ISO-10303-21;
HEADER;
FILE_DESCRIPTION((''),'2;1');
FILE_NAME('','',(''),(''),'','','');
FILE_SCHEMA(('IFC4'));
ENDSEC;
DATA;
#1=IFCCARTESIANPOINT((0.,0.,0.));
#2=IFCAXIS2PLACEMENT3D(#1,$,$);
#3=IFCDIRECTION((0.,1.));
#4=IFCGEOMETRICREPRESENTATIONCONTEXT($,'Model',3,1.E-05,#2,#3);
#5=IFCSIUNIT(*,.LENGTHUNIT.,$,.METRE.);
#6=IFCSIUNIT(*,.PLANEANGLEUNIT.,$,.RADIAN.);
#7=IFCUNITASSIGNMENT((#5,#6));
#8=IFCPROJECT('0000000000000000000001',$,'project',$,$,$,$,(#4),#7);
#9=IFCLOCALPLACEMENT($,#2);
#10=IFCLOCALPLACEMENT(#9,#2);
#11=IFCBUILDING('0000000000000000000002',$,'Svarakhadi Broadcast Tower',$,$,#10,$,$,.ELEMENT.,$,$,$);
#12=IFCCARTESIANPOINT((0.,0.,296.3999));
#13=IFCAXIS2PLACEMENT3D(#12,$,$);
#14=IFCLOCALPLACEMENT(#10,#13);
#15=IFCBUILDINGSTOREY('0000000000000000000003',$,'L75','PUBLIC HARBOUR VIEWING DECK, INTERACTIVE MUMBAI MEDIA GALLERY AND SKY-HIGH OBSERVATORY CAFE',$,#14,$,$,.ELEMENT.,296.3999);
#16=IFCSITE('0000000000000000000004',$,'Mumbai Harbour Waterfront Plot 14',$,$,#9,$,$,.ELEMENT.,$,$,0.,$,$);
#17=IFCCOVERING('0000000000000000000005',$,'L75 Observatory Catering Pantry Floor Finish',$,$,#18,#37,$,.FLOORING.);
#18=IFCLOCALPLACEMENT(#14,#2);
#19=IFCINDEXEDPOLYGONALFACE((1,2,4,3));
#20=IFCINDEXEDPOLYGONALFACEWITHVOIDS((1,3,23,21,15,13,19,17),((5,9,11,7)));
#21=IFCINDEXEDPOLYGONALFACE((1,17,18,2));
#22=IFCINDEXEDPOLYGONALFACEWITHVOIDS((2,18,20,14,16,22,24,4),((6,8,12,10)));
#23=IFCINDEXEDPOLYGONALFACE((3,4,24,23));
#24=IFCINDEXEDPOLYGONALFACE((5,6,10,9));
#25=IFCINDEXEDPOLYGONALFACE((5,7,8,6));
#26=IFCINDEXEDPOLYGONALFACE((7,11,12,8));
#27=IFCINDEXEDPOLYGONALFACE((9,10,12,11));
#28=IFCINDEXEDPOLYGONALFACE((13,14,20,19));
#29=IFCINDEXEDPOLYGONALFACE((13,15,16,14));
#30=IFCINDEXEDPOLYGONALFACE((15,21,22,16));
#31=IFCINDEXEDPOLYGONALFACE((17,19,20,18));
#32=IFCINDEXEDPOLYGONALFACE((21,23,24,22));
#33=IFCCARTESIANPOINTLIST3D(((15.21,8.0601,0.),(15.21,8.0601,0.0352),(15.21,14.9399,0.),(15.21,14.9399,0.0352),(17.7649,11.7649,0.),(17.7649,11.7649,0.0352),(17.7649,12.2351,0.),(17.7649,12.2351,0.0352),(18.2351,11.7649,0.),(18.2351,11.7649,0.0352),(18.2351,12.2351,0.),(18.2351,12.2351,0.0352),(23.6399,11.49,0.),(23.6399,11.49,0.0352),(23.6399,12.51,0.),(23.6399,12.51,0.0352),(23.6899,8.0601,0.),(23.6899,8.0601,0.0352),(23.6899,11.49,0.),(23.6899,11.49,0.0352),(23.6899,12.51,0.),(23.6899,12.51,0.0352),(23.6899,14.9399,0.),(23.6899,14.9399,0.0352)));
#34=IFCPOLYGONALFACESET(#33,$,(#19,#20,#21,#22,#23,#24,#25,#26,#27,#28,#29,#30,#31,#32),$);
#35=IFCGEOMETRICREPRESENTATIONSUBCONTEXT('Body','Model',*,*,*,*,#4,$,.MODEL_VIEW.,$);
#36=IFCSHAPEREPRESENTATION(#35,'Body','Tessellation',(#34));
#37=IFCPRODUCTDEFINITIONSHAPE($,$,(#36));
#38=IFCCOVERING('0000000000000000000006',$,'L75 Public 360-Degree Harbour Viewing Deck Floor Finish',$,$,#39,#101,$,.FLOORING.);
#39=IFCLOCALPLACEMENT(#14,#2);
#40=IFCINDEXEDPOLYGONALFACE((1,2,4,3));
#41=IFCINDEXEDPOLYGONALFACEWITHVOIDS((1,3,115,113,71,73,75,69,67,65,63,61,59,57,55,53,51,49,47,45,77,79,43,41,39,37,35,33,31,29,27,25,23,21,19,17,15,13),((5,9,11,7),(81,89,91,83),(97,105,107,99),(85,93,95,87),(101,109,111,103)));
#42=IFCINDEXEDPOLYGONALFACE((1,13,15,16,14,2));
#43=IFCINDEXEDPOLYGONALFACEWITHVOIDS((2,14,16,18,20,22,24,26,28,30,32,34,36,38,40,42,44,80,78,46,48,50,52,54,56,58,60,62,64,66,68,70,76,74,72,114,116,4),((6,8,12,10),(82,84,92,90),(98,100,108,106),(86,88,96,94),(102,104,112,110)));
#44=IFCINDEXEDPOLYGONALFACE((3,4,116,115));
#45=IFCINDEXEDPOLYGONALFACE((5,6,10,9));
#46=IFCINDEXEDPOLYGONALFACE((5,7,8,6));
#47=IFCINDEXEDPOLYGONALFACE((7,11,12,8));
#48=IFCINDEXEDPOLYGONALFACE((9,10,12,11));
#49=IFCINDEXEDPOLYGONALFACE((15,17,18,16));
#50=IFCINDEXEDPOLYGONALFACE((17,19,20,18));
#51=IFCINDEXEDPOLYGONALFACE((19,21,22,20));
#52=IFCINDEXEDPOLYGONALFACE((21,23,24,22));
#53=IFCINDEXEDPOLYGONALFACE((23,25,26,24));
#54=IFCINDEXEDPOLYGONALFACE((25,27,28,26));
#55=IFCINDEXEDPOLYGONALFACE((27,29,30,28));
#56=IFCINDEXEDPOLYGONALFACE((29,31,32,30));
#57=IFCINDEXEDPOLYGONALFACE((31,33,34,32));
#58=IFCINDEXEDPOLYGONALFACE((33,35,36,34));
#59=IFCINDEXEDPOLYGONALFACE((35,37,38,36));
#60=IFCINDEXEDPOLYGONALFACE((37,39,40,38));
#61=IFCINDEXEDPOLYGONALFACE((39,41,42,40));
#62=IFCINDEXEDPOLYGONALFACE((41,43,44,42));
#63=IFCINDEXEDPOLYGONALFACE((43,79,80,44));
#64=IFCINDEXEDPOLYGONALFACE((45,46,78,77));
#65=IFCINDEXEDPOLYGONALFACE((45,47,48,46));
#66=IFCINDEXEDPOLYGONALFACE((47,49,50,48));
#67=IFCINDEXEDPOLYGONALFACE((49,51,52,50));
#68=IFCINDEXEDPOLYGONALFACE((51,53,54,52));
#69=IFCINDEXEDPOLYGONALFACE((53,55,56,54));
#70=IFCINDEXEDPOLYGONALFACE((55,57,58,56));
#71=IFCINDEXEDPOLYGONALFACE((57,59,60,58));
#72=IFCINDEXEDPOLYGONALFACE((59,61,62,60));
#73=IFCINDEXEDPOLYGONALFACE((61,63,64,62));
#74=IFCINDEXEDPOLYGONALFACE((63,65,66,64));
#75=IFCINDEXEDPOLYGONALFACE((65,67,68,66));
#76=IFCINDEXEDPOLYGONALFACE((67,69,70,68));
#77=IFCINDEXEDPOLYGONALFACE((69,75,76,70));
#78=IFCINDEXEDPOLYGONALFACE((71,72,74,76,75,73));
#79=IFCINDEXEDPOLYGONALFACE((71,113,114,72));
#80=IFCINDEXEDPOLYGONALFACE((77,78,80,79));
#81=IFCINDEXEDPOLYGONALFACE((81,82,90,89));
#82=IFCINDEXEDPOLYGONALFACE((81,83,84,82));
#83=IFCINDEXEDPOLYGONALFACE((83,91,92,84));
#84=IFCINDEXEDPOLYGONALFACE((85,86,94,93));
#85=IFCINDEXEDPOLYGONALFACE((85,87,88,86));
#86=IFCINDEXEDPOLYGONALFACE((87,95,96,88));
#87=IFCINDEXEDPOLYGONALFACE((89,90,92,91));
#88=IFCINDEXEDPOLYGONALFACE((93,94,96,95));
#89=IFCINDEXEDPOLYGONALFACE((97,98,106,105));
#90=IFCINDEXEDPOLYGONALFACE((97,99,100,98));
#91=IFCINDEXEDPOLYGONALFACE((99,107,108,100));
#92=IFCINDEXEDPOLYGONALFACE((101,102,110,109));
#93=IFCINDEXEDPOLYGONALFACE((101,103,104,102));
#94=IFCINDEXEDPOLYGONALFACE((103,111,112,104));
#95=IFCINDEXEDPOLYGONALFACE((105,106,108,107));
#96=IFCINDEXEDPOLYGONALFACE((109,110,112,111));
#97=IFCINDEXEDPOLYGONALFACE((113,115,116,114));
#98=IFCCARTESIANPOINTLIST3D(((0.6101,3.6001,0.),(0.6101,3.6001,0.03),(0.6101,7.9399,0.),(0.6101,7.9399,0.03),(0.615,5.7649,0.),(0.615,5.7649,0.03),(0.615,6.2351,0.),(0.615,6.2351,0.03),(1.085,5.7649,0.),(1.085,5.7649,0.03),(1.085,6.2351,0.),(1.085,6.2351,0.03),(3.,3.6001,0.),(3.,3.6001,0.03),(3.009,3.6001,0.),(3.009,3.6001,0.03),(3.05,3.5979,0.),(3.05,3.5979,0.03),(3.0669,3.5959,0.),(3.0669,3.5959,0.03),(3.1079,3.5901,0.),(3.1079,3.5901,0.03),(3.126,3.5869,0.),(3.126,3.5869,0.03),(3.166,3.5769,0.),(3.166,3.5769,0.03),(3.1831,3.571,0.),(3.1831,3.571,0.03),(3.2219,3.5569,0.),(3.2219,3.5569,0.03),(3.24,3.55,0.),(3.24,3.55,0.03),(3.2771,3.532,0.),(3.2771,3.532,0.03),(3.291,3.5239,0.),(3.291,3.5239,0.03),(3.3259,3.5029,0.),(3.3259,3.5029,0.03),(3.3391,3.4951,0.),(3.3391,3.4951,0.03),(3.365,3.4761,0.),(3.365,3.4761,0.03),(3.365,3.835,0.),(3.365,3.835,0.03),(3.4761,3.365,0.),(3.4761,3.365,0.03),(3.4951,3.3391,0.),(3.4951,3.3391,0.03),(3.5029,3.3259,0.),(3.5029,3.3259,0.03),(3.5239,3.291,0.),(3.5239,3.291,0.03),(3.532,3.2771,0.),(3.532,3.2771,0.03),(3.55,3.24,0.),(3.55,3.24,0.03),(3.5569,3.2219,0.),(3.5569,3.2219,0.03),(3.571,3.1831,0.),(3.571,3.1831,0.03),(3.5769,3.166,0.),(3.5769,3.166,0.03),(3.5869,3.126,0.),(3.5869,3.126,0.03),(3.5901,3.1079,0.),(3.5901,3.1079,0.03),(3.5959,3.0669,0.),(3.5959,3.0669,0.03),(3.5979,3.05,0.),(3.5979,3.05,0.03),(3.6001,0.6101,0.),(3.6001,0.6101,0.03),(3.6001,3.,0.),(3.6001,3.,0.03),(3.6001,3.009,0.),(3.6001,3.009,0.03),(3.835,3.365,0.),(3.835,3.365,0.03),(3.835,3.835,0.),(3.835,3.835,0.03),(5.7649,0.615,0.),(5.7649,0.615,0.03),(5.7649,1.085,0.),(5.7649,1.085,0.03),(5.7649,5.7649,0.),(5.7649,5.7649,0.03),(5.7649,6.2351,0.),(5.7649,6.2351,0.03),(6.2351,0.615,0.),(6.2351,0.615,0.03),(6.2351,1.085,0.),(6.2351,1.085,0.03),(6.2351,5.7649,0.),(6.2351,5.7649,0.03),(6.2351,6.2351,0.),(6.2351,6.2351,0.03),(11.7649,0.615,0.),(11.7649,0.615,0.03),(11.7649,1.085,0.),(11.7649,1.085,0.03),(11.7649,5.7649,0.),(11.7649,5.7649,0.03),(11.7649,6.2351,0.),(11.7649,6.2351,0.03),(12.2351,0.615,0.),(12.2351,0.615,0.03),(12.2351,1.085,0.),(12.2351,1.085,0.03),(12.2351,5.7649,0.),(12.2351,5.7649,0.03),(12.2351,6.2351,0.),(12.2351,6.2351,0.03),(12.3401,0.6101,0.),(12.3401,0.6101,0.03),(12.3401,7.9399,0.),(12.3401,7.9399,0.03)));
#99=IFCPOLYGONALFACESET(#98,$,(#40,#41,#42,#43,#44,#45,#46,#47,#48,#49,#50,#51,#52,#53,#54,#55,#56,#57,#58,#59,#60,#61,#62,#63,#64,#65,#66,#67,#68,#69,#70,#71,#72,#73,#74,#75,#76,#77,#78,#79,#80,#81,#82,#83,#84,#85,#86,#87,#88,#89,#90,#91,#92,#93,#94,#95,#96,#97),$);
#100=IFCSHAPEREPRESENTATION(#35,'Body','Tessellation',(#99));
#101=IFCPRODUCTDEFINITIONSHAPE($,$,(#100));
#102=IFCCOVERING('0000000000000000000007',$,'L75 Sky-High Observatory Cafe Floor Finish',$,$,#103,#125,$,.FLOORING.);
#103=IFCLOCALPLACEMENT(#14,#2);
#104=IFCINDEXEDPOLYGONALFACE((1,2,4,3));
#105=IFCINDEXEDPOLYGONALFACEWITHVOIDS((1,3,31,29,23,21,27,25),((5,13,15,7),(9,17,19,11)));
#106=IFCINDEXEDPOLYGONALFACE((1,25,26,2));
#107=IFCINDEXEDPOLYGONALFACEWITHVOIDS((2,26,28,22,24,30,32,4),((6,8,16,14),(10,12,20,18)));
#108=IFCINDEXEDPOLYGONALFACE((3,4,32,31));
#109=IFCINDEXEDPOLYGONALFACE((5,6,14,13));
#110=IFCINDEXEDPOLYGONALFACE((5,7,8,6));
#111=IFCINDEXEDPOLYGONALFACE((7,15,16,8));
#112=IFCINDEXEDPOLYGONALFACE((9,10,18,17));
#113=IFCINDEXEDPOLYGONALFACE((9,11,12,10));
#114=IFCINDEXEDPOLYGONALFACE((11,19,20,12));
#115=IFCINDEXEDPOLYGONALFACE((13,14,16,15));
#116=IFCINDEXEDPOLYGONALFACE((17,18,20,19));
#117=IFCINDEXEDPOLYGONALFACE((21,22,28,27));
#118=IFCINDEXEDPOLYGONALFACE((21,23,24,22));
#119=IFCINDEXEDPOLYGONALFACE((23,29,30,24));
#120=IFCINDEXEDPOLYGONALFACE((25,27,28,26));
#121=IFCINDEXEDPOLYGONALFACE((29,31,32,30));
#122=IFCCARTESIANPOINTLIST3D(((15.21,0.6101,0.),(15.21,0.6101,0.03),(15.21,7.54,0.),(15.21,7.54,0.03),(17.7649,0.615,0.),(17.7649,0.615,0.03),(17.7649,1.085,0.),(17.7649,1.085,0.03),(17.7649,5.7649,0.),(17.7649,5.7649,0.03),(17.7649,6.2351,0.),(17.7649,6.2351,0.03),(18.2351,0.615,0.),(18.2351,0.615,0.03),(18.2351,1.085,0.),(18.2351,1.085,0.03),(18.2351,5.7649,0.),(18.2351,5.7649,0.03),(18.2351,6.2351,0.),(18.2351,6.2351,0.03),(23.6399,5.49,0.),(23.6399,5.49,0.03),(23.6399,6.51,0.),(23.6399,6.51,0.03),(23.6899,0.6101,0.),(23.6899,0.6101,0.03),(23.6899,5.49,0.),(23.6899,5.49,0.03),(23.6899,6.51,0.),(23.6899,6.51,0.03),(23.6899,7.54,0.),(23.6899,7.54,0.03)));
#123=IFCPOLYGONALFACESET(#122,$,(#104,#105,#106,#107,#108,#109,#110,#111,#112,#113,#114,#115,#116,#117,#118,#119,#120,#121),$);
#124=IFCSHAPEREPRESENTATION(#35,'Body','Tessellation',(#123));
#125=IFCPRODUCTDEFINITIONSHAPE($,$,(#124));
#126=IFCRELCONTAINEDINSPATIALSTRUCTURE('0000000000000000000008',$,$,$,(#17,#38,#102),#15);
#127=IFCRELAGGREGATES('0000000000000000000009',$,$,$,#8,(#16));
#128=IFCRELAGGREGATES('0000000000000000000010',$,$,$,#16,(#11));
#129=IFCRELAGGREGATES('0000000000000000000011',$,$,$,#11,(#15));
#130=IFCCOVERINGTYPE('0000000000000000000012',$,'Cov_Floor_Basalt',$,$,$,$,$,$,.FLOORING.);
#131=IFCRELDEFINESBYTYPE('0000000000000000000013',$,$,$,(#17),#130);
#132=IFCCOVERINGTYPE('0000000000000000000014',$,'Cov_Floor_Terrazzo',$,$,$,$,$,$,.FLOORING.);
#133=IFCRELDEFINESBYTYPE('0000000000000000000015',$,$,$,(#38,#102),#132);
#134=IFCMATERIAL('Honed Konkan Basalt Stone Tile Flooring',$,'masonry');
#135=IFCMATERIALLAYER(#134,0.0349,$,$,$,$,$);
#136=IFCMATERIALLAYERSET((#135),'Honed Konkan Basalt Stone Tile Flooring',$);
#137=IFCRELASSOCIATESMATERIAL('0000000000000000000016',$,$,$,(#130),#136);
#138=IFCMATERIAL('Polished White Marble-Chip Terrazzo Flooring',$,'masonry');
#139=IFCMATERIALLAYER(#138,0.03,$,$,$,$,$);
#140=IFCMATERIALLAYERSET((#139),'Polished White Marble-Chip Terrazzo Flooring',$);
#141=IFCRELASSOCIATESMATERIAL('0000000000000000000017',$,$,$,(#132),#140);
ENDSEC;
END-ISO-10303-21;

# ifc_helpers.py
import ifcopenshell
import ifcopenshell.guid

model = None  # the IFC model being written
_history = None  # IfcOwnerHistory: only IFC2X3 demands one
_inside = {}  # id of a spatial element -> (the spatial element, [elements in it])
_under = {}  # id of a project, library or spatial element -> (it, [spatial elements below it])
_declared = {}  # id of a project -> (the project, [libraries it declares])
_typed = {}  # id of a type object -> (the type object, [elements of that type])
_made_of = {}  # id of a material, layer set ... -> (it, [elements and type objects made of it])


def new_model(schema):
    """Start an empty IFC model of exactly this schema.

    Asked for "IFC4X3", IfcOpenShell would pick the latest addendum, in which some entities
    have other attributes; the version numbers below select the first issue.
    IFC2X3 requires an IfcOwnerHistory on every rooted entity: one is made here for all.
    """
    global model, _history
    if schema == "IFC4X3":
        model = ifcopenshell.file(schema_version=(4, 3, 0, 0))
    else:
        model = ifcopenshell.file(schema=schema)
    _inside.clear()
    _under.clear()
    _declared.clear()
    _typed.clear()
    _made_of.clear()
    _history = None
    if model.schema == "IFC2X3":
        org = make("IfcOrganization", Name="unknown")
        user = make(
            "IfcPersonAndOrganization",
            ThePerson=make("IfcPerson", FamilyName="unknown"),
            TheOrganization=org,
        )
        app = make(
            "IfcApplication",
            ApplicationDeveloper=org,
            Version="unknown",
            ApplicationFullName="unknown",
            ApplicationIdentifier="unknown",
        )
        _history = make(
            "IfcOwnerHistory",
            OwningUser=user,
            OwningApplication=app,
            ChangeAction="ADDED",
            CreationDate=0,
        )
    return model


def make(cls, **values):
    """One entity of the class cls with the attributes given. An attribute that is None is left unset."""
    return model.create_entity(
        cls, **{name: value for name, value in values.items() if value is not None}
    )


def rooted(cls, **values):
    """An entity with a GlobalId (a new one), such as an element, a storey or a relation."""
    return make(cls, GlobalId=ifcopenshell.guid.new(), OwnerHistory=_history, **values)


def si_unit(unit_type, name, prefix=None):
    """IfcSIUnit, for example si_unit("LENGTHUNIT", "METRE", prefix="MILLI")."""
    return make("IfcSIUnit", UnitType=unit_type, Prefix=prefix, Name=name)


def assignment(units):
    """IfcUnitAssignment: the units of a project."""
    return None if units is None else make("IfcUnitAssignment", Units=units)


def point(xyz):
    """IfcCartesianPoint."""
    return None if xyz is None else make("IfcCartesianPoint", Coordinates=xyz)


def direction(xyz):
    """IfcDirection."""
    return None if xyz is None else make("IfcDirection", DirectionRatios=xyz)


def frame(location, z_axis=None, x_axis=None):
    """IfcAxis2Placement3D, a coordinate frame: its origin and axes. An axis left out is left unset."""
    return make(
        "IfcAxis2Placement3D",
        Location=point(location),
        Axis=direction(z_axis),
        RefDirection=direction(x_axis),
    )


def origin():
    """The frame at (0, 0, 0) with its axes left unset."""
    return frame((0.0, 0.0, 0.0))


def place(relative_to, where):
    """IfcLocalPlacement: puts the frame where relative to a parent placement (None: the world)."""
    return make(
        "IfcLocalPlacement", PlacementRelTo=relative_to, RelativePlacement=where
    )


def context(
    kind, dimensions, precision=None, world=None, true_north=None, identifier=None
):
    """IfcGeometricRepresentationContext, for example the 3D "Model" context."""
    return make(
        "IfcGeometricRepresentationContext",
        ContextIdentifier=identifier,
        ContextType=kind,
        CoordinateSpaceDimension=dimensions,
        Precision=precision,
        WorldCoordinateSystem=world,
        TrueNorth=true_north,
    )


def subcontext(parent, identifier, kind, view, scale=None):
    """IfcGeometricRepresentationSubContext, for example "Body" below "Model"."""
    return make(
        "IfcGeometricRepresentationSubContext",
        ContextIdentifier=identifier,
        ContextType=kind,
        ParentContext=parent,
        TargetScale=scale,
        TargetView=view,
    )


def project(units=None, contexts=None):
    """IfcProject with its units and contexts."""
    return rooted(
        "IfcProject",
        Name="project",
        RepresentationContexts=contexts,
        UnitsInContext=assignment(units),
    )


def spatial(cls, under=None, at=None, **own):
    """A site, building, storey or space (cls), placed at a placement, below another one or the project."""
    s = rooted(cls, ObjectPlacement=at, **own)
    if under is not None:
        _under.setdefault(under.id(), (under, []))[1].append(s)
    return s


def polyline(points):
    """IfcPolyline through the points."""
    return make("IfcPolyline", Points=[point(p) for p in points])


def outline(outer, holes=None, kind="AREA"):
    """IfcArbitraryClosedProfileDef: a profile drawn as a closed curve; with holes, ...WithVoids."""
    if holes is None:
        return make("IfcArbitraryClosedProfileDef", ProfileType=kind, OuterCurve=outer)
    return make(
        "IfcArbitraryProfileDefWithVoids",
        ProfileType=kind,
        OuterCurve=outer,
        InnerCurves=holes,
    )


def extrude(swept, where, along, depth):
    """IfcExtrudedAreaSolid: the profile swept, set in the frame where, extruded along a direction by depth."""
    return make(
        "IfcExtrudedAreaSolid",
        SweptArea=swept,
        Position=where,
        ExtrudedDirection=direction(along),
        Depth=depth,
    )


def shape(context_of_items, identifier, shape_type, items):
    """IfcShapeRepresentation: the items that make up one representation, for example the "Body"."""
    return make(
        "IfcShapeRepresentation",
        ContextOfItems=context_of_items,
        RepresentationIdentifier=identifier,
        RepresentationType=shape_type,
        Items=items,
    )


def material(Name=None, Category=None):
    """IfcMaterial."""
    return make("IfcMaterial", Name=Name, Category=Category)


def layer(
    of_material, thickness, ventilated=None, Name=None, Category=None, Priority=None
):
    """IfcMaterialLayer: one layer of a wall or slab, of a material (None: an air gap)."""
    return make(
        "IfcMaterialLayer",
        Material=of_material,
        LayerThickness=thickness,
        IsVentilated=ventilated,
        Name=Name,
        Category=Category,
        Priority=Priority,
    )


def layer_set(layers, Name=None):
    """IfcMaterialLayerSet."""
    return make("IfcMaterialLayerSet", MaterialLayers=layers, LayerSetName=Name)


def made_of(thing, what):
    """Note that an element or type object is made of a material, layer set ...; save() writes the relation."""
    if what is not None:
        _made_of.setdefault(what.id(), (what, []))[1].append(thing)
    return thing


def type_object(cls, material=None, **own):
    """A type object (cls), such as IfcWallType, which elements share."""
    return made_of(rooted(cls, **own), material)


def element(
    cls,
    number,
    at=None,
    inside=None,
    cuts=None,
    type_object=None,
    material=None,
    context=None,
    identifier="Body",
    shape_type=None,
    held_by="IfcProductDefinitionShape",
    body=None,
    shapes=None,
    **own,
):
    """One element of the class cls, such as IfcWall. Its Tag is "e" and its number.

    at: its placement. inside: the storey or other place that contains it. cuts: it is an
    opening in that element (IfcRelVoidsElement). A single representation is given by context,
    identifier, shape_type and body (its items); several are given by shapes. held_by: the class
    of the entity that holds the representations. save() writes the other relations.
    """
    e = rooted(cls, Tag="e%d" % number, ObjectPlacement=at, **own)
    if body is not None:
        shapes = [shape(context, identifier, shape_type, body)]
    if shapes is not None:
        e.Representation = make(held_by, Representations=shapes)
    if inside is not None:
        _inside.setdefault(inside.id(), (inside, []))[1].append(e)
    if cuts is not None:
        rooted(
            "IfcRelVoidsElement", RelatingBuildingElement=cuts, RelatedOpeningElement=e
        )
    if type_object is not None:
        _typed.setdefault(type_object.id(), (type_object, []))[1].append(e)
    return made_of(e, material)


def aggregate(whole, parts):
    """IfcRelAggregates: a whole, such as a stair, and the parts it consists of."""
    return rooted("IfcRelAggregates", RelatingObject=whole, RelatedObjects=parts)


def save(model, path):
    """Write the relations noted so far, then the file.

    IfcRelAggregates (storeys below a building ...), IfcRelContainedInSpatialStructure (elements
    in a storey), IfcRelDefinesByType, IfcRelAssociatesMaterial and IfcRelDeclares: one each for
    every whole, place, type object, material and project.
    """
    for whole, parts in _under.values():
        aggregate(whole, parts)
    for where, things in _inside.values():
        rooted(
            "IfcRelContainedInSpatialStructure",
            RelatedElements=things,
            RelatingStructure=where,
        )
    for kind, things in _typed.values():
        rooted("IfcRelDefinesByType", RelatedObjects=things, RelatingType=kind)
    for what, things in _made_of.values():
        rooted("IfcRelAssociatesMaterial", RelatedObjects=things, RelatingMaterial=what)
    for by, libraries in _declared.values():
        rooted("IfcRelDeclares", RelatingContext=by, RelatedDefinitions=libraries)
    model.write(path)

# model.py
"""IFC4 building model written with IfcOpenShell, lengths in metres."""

from ifc_helpers import new_model, si_unit, direction, frame, origin, place, context, subcontext, project, spatial, polyline, outline, extrude, material, layer, layer_set, type_object, element, save


model = new_model("IFC4")

# Units and contexts
model_context = context("Model", 3, precision=1e-05, world=origin(), true_north=direction((0.0, 1.0)))
body_context = subcontext(model_context, "Body", "Model", "MODEL_VIEW")
ifc_project = project(units=[si_unit("LENGTHUNIT", "METRE"), si_unit("PLANEANGLEUNIT", "RADIAN")], contexts=[model_context])

# Site, building, storey
site_placement = place(None, origin())
site = spatial("IfcSite", under=ifc_project, at=site_placement, Name="Mumbai Harbour Waterfront Plot 14", CompositionType="ELEMENT", RefElevation=0.0)
building_placement = place(site_placement, origin())
building = spatial("IfcBuilding", under=site, at=building_placement, Name="Svarakhadi Broadcast Tower", CompositionType="ELEMENT")
storey_placement = place(building_placement, frame((0.0, 0.0, 296.3999)))
storey = spatial("IfcBuildingStorey", under=building, at=storey_placement, Name="L75", Description="PUBLIC HARBOUR VIEWING DECK, INTERACTIVE MUMBAI MEDIA GALLERY AND SKY-HIGH OBSERVATORY CAFE", CompositionType="ELEMENT", Elevation=296.3999)

# Coverings
ifc_material_1 = material(Name="Honed Konkan Basalt Stone Tile Flooring", Category="masonry")
ifc_layer_1 = layer(ifc_material_1, 0.0349)
ifc_layer_set_1 = layer_set([ifc_layer_1], Name="Honed Konkan Basalt Stone Tile Flooring")
covering_type_1 = type_object("IfcCoveringType", Name="Cov_Floor_Basalt", PredefinedType="FLOORING", material=ifc_layer_set_1)
covering_1_placement = place(storey_placement, origin())
element("IfcCovering", 1, at=covering_1_placement, inside=storey, type_object=covering_type_1, Name="L75 Observatory Catering Pantry Floor Finish", PredefinedType="FLOORING", context=body_context, shape_type="SweptSolid", body=[
    extrude(outline(polyline([(23.6899, 14.9399), (23.6899, 12.51), (23.6399, 12.51), (23.6399, 11.49), (23.6899, 11.49), (23.6899, 8.0601), (15.21, 8.0601), (15.21, 14.9399), (23.6899, 14.9399)]), holes=[polyline([(18.2351, 11.7649), (18.2351, 12.2351), (17.7649, 12.2351), (17.7649, 11.7649), (18.2351, 11.7649)])]), origin(), (0.0, 0.0, 1.0), 0.0352),
])
ifc_material_2 = material(Name="Polished White Marble-Chip Terrazzo Flooring", Category="masonry")
ifc_layer_2 = layer(ifc_material_2, 0.03)
ifc_layer_set_2 = layer_set([ifc_layer_2], Name="Polished White Marble-Chip Terrazzo Flooring")
covering_type_2 = type_object("IfcCoveringType", Name="Cov_Floor_Terrazzo", PredefinedType="FLOORING", material=ifc_layer_set_2)
covering_2_placement = place(storey_placement, origin())
element("IfcCovering", 2, at=covering_2_placement, inside=storey, type_object=covering_type_2, Name="L75 Public 360-Degree Harbour Viewing Deck Floor Finish", PredefinedType="FLOORING", context=body_context, shape_type="SweptSolid", body=[
    extrude(outline(polyline([(12.3401, 0.6101), (3.6001, 0.6101), (3.6001, 3.0), (3.6001, 3.009), (3.5979, 3.05), (3.5959, 3.0669), (3.5901, 3.1079), (3.5869, 3.126), (3.5769, 3.166), (3.571, 3.1831), (3.5569, 3.2219), (3.55, 3.24), (3.532, 3.2771), (3.5239, 3.291), (3.5029, 3.3259), (3.4951, 3.3391), (3.4761, 3.365), (3.835, 3.365), (3.835, 3.835), (3.365, 3.835), (3.365, 3.4761), (3.3391, 3.4951), (3.3259, 3.5029), (3.291, 3.5239), (3.2771, 3.532), (3.24, 3.55), (3.2219, 3.5569), (3.1831, 3.571), (3.166, 3.5769), (3.126, 3.5869), (3.1079, 3.5901), (3.0669, 3.5959), (3.05, 3.5979), (3.009, 3.6001), (3.0, 3.6001), (0.6101, 3.6001), (0.6101, 7.9399), (12.3401, 7.9399), (12.3401, 0.6101)]), holes=[polyline([(12.2351, 0.615), (12.2351, 1.085), (11.7649, 1.085), (11.7649, 0.615), (12.2351, 0.615)]), polyline([(6.2351, 0.615), (6.2351, 1.085), (5.7649, 1.085), (5.7649, 0.615), (6.2351, 0.615)]), polyline([(1.085, 5.7649), (1.085, 6.2351), (0.615, 6.2351), (0.615, 5.7649), (1.085, 5.7649)]), polyline([(12.2351, 5.7649), (12.2351, 6.2351), (11.7649, 6.2351), (11.7649, 5.7649), (12.2351, 5.7649)]), polyline([(6.2351, 5.7649), (6.2351, 6.2351), (5.7649, 6.2351), (5.7649, 5.7649), (6.2351, 5.7649)])]), origin(), (0.0, 0.0, 1.0), 0.03),
])
covering_3_placement = place(storey_placement, origin())
element("IfcCovering", 3, at=covering_3_placement, inside=storey, type_object=covering_type_2, Name="L75 Sky-High Observatory Cafe Floor Finish", PredefinedType="FLOORING", context=body_context, shape_type="SweptSolid", body=[
    extrude(outline(polyline([(23.6899, 7.54), (23.6899, 6.51), (23.6399, 6.51), (23.6399, 5.49), (23.6899, 5.49), (23.6899, 0.6101), (15.21, 0.6101), (15.21, 7.54), (23.6899, 7.54)]), holes=[polyline([(18.2351, 0.615), (18.2351, 1.085), (17.7649, 1.085), (17.7649, 0.615), (18.2351, 0.615)]), polyline([(18.2351, 5.7649), (18.2351, 6.2351), (17.7649, 6.2351), (17.7649, 5.7649), (18.2351, 5.7649)])]), origin(), (0.0, 0.0, 1.0), 0.03),
])

save(model, "model.ifc")
